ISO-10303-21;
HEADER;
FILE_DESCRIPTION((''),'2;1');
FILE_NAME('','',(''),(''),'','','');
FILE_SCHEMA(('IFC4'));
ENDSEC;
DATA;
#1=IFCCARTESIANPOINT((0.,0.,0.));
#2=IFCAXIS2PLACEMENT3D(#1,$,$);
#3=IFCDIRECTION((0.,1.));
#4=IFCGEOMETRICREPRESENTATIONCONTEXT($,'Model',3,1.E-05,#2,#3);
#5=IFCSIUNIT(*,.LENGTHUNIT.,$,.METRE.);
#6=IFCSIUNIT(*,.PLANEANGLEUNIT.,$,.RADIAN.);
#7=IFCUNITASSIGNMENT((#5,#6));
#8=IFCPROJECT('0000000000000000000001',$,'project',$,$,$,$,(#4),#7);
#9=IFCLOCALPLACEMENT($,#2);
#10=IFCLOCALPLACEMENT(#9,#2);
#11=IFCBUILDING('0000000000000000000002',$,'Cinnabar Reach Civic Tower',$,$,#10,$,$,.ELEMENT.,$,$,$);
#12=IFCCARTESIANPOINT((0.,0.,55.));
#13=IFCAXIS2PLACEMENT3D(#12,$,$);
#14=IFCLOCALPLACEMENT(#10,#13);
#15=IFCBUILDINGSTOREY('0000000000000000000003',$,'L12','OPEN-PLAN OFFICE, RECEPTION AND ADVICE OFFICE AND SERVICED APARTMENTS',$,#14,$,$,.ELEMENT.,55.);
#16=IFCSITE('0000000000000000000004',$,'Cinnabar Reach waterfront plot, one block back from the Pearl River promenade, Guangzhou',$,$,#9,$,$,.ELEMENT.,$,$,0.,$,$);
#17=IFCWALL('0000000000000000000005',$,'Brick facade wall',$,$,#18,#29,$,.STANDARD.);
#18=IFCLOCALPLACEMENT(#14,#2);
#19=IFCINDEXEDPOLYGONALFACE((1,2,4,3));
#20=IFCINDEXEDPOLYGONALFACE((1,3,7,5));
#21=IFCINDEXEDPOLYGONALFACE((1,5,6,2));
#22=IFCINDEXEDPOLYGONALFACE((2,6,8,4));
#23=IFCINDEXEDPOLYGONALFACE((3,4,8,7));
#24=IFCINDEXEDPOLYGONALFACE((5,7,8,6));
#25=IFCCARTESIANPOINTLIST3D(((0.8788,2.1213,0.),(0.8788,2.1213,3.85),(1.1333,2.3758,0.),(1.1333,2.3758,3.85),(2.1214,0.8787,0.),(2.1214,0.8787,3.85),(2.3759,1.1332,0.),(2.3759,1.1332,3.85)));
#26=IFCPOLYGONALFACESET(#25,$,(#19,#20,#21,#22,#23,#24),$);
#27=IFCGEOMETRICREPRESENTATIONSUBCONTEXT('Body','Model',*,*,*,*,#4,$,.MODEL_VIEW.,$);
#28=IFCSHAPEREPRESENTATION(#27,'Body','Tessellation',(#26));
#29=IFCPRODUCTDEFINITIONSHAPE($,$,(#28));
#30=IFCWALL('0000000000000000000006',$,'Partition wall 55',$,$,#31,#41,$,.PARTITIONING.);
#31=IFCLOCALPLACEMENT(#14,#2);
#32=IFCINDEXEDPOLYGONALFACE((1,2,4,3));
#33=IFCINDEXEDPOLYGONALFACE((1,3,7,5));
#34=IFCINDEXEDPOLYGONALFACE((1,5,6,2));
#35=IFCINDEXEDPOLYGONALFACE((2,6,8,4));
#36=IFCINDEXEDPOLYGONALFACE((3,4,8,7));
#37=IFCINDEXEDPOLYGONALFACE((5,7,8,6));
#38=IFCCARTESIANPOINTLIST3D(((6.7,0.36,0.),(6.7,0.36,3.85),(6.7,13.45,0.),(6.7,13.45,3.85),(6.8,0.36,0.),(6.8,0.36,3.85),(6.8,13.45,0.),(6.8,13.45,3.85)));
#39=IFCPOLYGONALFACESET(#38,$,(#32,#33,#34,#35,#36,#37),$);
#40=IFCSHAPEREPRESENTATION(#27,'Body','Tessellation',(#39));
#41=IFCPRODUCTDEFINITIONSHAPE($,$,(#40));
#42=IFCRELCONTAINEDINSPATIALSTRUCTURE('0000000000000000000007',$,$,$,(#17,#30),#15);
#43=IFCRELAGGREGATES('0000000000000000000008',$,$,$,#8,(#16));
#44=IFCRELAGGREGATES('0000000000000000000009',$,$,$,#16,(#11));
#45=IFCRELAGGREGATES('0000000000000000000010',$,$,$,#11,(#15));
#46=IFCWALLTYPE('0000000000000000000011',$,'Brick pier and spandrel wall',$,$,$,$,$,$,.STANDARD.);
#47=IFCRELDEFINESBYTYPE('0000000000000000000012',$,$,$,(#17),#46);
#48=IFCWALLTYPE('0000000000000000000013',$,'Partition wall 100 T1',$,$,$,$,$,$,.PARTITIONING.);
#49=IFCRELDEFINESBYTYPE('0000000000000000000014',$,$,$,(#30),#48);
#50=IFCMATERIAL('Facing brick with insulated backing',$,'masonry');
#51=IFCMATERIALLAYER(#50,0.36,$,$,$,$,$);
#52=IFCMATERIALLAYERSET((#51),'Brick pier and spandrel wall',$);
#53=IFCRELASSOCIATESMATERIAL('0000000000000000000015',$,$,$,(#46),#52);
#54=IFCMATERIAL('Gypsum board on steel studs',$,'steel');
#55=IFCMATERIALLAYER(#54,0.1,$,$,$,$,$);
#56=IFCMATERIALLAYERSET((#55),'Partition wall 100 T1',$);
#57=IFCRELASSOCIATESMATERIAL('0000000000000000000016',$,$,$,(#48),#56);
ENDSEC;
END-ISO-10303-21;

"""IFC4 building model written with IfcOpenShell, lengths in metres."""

from ifc_helpers import new_model, si_unit, direction, frame, frame_2d, origin, place, context, subcontext, project, spatial, rectangle, extrude, material, layer, layer_set, type_object, element, save


model = new_model("IFC4")

# Units and contexts
model_context = context("Model", 3, precision=1e-05, world=origin(), true_north=direction((0.0, 1.0)))
body_context = subcontext(model_context, "Body", "Model", "MODEL_VIEW")
ifc_project = project(units=[si_unit("LENGTHUNIT", "METRE"), si_unit("PLANEANGLEUNIT", "RADIAN")], contexts=[model_context])

# Site, building, storey
site_placement = place(None, origin())
site = spatial("IfcSite", under=ifc_project, at=site_placement, Name="Cinnabar Reach waterfront plot, one block back from the Pearl River promenade, Guangzhou", CompositionType="ELEMENT", RefElevation=0.0)
building_placement = place(site_placement, origin())
building = spatial("IfcBuilding", under=site, at=building_placement, Name="Cinnabar Reach Civic Tower", CompositionType="ELEMENT")
storey_placement = place(building_placement, frame((0.0, 0.0, 55.0)))
storey = spatial("IfcBuildingStorey", under=building, at=storey_placement, Name="L12", Description="OPEN-PLAN OFFICE, RECEPTION AND ADVICE OFFICE AND SERVICED APARTMENTS", CompositionType="ELEMENT", Elevation=55.0)

# Shared definitions
ifc_material_1 = material(Name="Facing brick with insulated backing", Category="masonry")

# Shared definitions
ifc_layer_1 = layer(ifc_material_1, 0.36)
ifc_layer_set_1 = layer_set([ifc_layer_1], Name="Brick pier and spandrel wall")
wall_type_1 = type_object("IfcWallType", Name="Brick pier and spandrel wall", PredefinedType="STANDARD", material=ifc_layer_set_1)

# Walls
wall_1_placement = place(storey_placement, frame((1.006, 2.2486, 0.0), z_axis=(0.0, 0.0, 1.0), x_axis=(0.707107, -0.707107, 0.0)))
element("IfcWall", 1, at=wall_1_placement, inside=storey, type_object=wall_type_1, Name="Brick facade wall", PredefinedType="STANDARD", context=body_context, shape_type="SweptSolid", body=[
    extrude(rectangle(XDim=1.7573, YDim=0.36, at=frame_2d((0.8787, 0.0))), origin(), (0.0, 0.0, 1.0), 3.85),
])
ifc_material_2 = material(Name="Gypsum board on steel studs", Category="steel")
ifc_layer_2 = layer(ifc_material_2, 0.1)
ifc_layer_set_2 = layer_set([ifc_layer_2], Name="Partition wall 100 T1")
wall_type_2 = type_object("IfcWallType", Name="Partition wall 100 T1", PredefinedType="PARTITIONING", material=ifc_layer_set_2)
wall_2_placement = place(storey_placement, frame((6.75, 0.36, 0.0), z_axis=(0.0, 0.0, 1.0), x_axis=(0.0, 1.0, 0.0)))
element("IfcWall", 2, at=wall_2_placement, inside=storey, type_object=wall_type_2, Name="Partition wall 55", PredefinedType="PARTITIONING", context=body_context, shape_type="SweptSolid", body=[
    extrude(rectangle(XDim=13.09, YDim=0.1, at=frame_2d((6.545, 0.0))), origin(), (0.0, 0.0, 1.0), 3.85),
])

save(model, "model.ifc")
